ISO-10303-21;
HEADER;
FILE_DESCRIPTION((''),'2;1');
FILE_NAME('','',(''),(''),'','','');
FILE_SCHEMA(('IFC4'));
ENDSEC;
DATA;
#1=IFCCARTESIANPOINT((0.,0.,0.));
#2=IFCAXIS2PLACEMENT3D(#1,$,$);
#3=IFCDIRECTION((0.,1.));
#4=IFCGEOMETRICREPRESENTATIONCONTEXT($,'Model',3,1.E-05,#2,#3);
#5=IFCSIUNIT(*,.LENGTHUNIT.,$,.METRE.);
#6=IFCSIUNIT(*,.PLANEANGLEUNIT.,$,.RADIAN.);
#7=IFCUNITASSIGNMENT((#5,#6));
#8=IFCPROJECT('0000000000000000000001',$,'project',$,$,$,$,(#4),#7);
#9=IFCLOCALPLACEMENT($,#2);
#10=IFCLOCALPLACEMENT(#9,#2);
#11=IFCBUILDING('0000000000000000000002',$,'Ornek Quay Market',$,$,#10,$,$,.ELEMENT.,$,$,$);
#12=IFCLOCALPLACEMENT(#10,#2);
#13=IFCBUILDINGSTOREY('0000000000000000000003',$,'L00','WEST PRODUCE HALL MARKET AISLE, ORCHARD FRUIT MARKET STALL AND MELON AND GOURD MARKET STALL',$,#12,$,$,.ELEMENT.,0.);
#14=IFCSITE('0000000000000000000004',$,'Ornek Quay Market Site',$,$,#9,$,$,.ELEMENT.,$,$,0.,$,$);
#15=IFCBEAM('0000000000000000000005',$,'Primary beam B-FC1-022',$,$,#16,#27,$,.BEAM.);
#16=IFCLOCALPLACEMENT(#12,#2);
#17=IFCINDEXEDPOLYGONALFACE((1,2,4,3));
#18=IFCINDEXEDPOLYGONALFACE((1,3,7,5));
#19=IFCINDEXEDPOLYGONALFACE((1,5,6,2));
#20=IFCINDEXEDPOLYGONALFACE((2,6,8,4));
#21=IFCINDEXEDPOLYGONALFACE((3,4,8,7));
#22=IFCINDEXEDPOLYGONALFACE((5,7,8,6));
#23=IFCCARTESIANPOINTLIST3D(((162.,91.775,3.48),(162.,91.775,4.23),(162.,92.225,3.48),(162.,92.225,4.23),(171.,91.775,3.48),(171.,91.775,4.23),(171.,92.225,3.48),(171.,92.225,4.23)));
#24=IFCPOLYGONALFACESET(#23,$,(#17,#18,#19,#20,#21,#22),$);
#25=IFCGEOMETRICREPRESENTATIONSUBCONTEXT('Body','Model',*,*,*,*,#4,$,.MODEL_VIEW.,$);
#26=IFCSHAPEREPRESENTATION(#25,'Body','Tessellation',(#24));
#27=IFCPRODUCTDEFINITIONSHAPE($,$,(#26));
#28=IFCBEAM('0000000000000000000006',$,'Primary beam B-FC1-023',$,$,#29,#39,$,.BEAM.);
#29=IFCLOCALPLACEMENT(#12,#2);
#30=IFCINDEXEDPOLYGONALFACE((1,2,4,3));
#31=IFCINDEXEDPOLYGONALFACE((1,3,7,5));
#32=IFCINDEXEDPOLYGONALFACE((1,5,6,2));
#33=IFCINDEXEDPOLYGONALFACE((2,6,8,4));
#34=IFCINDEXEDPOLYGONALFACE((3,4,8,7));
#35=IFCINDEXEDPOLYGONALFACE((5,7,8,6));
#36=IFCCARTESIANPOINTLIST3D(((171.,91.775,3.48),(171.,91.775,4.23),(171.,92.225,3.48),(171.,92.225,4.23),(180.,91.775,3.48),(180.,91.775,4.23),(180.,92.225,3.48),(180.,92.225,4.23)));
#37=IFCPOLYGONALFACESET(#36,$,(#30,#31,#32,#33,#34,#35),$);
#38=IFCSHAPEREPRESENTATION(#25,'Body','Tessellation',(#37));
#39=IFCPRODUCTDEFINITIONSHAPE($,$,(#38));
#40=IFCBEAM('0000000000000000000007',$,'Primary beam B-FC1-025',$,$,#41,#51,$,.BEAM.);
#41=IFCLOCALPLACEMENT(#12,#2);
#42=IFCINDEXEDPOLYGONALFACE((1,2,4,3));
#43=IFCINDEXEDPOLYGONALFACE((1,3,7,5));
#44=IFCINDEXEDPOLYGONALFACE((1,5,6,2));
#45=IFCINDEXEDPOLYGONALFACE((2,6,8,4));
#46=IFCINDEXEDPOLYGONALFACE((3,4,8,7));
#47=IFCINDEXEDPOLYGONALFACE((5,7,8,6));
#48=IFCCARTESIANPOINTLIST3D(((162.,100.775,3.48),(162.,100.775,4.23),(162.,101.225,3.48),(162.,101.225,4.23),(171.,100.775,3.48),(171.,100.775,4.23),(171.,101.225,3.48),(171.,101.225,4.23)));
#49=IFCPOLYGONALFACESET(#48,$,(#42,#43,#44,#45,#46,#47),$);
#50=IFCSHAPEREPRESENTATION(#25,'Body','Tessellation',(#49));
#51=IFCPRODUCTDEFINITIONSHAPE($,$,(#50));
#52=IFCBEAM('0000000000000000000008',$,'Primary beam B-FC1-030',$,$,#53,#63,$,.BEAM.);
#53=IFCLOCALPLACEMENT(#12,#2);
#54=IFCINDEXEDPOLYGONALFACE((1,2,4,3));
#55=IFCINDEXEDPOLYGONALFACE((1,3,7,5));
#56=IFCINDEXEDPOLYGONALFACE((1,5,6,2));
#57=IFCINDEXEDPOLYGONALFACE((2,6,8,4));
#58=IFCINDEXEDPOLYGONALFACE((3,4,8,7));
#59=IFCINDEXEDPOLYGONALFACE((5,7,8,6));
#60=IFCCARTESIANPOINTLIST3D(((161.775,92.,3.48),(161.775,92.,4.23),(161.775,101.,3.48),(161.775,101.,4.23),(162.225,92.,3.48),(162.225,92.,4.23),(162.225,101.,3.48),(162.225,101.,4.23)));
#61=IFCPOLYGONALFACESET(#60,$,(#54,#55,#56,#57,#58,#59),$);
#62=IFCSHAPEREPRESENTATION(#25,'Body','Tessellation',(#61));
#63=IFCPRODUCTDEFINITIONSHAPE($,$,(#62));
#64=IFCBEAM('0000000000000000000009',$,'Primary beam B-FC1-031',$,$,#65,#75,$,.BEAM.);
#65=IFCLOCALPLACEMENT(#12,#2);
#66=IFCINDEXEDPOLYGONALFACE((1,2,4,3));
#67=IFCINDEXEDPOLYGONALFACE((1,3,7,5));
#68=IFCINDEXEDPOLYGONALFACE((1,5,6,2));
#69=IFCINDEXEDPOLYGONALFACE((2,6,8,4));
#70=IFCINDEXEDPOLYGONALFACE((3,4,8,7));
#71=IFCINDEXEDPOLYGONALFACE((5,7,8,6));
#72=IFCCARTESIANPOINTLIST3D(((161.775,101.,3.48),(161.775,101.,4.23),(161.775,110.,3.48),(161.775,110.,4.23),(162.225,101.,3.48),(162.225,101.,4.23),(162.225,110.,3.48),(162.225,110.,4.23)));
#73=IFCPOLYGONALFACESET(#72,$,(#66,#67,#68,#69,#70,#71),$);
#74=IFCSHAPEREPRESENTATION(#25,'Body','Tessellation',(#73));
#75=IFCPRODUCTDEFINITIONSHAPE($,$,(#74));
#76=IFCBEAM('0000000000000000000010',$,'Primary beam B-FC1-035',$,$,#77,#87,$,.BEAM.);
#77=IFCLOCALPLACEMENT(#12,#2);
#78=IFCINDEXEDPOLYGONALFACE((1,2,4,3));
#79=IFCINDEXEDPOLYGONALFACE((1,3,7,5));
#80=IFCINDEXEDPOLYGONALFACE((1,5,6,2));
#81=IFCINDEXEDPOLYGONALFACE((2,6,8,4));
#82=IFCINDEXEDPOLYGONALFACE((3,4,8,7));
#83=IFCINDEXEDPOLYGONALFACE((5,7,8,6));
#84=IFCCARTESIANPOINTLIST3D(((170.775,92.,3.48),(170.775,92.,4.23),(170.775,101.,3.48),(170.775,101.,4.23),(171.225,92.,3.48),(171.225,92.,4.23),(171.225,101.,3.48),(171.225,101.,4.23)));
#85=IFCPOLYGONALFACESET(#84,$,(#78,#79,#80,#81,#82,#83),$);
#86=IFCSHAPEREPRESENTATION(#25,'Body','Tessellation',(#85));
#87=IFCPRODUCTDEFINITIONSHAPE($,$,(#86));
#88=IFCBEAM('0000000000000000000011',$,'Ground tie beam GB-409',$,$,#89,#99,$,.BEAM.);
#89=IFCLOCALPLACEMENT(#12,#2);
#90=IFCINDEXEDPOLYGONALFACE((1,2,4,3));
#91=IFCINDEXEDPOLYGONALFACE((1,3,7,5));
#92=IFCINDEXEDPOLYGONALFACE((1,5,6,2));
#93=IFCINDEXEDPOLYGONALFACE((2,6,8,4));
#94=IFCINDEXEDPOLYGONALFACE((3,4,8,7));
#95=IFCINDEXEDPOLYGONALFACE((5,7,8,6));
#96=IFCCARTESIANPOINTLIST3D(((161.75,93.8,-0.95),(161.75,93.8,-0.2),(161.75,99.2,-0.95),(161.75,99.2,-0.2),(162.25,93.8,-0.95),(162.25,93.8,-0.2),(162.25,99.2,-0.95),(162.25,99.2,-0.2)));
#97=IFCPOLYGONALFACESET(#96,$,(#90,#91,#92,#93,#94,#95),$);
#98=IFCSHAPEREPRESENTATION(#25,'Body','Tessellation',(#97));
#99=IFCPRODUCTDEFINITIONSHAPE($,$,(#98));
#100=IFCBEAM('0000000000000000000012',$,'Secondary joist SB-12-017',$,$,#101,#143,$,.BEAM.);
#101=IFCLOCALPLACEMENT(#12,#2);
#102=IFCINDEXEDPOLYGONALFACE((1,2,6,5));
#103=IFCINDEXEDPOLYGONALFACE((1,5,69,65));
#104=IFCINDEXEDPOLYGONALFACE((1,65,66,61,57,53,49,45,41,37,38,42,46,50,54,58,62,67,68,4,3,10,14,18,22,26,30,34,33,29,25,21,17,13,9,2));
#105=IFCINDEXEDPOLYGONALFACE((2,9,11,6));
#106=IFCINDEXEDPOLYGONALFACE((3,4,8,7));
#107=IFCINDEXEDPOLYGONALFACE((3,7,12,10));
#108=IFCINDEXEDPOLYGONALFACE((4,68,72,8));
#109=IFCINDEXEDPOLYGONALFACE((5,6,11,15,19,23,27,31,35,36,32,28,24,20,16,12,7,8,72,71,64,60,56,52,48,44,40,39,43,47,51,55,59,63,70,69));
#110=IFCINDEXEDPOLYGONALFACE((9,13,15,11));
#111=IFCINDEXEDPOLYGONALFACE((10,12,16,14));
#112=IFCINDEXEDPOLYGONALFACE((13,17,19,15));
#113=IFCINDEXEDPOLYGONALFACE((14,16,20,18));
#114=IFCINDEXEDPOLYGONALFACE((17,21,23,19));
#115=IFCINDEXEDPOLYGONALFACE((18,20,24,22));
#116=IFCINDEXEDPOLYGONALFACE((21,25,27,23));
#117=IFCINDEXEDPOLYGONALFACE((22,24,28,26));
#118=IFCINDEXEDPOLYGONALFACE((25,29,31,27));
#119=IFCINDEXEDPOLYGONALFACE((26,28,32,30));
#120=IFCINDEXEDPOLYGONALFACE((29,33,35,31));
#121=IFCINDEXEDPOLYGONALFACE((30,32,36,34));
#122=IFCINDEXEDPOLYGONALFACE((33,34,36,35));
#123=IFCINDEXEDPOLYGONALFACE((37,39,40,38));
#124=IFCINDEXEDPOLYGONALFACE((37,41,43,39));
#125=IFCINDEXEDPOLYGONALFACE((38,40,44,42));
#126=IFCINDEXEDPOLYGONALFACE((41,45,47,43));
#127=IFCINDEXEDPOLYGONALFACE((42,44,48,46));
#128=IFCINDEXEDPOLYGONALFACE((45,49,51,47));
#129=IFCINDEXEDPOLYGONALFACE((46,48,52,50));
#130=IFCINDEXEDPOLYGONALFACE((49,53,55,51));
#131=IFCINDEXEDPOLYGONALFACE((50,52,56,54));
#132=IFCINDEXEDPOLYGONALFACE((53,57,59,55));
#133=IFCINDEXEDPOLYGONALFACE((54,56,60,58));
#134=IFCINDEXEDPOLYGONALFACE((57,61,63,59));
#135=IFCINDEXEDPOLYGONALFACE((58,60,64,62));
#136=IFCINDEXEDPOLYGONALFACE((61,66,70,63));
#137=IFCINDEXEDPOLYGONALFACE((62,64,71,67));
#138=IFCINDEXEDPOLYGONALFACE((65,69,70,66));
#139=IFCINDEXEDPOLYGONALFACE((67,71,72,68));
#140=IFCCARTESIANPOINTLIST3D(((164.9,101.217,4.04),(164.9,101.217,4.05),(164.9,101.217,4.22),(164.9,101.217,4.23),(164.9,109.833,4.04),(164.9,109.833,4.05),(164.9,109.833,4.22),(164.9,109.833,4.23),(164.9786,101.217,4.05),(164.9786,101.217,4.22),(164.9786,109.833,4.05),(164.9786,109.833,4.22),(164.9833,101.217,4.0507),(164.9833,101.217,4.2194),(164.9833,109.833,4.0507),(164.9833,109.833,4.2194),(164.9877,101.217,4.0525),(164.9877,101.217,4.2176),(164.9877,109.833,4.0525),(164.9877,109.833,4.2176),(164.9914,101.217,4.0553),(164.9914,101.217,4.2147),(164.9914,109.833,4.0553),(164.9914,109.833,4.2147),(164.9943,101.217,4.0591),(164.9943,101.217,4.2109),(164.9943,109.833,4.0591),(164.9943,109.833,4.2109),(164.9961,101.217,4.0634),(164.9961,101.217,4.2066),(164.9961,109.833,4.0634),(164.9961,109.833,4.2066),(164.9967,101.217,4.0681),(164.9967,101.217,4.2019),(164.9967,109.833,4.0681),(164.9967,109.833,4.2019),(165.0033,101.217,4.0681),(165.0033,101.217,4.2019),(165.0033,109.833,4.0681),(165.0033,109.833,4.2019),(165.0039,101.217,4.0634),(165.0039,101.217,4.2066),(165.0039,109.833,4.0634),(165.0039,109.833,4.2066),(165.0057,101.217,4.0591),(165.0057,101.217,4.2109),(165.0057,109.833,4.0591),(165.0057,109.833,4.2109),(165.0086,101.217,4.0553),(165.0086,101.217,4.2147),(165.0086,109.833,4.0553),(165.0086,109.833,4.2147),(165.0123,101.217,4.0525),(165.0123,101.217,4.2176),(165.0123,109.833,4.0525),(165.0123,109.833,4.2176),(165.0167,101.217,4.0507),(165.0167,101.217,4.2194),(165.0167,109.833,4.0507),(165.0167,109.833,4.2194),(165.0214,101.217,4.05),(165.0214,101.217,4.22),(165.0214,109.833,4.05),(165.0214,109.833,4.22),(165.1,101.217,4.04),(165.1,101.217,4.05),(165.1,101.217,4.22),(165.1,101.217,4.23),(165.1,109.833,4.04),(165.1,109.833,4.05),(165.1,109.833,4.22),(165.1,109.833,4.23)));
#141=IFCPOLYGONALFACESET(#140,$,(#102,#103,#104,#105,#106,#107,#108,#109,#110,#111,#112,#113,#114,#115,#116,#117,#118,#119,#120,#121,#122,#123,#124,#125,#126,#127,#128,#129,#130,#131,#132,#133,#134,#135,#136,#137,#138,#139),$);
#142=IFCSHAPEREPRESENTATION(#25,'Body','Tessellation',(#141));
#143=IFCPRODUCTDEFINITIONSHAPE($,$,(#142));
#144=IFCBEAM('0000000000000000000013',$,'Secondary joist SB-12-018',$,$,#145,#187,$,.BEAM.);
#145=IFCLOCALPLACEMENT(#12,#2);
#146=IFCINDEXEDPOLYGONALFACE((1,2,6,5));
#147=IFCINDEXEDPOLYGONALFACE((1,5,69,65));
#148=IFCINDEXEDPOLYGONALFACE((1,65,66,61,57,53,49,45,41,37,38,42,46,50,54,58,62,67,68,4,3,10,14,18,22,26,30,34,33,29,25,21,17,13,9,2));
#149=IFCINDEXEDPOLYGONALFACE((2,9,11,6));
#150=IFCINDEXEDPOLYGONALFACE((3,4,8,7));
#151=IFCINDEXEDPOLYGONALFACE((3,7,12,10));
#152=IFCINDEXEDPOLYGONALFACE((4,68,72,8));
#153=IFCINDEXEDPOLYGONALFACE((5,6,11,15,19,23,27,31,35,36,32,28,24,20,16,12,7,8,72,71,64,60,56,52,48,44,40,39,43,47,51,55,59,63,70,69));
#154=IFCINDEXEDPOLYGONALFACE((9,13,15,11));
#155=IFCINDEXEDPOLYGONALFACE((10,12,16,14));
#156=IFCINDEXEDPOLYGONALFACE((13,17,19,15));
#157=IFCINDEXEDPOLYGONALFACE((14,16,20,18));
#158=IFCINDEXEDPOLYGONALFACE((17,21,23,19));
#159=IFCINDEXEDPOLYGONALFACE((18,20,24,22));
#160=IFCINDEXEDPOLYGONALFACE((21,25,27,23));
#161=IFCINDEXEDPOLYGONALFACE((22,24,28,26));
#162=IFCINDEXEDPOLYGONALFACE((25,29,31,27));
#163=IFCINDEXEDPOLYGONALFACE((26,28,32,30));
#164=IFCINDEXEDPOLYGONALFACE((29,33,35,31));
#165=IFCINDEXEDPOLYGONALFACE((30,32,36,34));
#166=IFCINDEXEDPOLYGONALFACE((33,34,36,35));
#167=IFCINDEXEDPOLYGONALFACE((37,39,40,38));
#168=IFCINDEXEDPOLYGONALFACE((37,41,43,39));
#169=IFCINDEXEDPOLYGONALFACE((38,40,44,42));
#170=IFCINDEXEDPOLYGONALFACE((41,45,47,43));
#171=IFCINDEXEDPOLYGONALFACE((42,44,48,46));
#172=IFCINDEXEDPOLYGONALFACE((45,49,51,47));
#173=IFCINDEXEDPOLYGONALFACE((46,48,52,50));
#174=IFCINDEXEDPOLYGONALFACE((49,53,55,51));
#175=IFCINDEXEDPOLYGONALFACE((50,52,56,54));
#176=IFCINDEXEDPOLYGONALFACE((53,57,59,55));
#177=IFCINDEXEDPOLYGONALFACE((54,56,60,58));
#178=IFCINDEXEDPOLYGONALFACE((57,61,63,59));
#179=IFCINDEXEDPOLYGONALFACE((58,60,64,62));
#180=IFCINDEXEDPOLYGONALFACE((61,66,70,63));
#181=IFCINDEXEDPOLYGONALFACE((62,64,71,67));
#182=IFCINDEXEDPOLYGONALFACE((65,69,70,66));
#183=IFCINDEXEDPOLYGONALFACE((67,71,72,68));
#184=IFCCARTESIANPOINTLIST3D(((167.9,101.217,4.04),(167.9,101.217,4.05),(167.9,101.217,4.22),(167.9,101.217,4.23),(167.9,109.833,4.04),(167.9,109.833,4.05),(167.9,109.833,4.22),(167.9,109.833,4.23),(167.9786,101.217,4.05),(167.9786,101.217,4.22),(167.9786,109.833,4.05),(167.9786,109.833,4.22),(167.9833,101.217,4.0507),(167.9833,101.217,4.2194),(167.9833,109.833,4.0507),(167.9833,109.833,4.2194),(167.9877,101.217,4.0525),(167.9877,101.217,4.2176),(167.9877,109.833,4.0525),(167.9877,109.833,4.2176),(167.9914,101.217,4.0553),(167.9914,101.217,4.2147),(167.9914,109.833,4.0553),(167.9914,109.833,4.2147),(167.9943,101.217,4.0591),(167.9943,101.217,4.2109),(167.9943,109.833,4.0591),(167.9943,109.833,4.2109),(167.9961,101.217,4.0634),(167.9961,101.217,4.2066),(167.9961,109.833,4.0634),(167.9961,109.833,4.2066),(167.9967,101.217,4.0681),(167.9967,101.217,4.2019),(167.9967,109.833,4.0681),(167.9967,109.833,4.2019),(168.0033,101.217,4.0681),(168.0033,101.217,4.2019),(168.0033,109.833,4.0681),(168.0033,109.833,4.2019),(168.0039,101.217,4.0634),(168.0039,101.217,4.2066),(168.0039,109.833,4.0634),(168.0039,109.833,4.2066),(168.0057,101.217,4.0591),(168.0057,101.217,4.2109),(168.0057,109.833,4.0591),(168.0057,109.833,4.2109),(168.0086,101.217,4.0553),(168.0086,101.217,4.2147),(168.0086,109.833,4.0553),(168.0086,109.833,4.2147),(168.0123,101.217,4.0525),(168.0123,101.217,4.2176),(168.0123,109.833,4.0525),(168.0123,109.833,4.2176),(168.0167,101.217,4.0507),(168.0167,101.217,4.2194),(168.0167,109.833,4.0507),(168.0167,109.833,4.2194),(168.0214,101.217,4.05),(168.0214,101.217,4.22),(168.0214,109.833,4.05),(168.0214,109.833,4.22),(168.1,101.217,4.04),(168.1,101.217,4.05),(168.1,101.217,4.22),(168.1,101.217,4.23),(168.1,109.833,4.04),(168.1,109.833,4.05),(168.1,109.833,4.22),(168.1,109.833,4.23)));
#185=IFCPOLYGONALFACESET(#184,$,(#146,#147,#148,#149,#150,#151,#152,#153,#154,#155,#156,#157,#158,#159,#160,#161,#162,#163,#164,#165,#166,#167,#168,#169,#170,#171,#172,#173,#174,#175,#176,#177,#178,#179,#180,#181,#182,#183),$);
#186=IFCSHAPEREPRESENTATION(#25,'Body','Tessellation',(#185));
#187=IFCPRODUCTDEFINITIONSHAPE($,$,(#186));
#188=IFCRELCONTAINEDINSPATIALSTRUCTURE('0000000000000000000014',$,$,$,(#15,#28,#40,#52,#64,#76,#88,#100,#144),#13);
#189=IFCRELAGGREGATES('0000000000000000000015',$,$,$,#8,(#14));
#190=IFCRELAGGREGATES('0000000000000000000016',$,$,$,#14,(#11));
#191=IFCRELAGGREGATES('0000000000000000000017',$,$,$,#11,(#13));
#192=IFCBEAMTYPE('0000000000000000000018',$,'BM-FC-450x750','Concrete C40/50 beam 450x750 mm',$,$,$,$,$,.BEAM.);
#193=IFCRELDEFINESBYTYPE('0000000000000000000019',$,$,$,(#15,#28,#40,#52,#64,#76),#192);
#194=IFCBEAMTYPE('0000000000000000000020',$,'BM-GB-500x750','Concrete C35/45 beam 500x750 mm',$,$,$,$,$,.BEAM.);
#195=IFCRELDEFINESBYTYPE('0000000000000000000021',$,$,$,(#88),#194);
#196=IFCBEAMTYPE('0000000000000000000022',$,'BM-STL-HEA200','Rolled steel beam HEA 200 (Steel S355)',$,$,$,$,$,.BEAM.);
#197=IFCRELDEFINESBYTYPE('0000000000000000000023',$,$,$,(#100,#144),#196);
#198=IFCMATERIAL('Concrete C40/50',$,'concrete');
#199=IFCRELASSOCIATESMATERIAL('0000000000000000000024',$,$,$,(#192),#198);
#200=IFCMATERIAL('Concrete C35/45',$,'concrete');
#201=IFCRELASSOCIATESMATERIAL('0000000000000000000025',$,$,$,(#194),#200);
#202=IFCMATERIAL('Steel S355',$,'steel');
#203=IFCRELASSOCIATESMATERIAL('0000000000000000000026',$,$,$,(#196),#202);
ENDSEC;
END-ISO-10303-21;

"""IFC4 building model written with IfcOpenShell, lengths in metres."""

from ifc_helpers import new_model, si_unit, direction, frame, origin, origin_2d, place, context, subcontext, project, spatial, rectangle, i_section, extrude, material, material_profile, profile_set, type_object, element, save


model = new_model("IFC4")

# Units and contexts
model_context = context("Model", 3, precision=1e-05, world=origin(), true_north=direction((0.0, 1.0)))
body_context = subcontext(model_context, "Body", "Model", "MODEL_VIEW")
ifc_project = project(units=[si_unit("LENGTHUNIT", "METRE"), si_unit("PLANEANGLEUNIT", "RADIAN")], contexts=[model_context])

# Site, building, storey
site_placement = place(None, origin())
site = spatial("IfcSite", under=ifc_project, at=site_placement, Name="Ornek Quay Market Site", CompositionType="ELEMENT", RefElevation=0.0)
building_placement = place(site_placement, origin())
building = spatial("IfcBuilding", under=site, at=building_placement, Name="Ornek Quay Market", CompositionType="ELEMENT")
storey_placement = place(building_placement, origin())
storey = spatial("IfcBuildingStorey", under=building, at=storey_placement, Name="L00", Description="WEST PRODUCE HALL MARKET AISLE, ORCHARD FRUIT MARKET STALL AND MELON AND GOURD MARKET STALL", CompositionType="ELEMENT", Elevation=0.0)

# Shared definitions
ifc_material_1 = material(Name="Concrete C35/45", Category="concrete")

# Shared definitions
ifc_material_2 = material(Name="Concrete C40/50", Category="concrete")

# Beams
ifc_material_profile_1 = material_profile(ifc_material_2, rectangle(XDim=0.45, YDim=0.75, at=origin_2d()), Name="RC 450x750", Category="concrete")
ifc_profile_set_1 = profile_set([ifc_material_profile_1], Name="Concrete C40/50")
beam_type_1 = type_object("IfcBeamType", Name="BM-FC-450x750", Description="Concrete C40/50 beam 450x750 mm", PredefinedType="BEAM", material=ifc_profile_set_1)
for number, where, z_axis, x_axis, name in (
    (1, (162.0, 92.0, 3.855), (1.0, 0.0, 0.0), (0.0, 1.0, 0.0), "Primary beam B-FC1-022"),
    (2, (171.0, 92.0, 3.855), (1.0, 0.0, 0.0), (0.0, 1.0, 0.0), "Primary beam B-FC1-023"),
    (3, (162.0, 101.0, 3.855), (1.0, 0.0, 0.0), (0.0, 1.0, 0.0), "Primary beam B-FC1-025"),
    (4, (162.0, 92.0, 3.855), (0.0, 1.0, 0.0), (-1.0, 0.0, 0.0), "Primary beam B-FC1-030"),
    (5, (162.0, 101.0, 3.855), (0.0, 1.0, 0.0), (-1.0, 0.0, 0.0), "Primary beam B-FC1-031"),
    (6, (171.0, 92.0, 3.855), (0.0, 1.0, 0.0), (-1.0, 0.0, 0.0), "Primary beam B-FC1-035"),
):
    element("IfcBeam", number, at=place(storey_placement, frame(where, z_axis=z_axis, x_axis=x_axis)), inside=storey, type_object=beam_type_1, Name=name, PredefinedType="BEAM", context=body_context, shape_type="SweptSolid", body=[
        extrude(rectangle(XDim=0.45, YDim=0.75, at=origin_2d()), origin(), (0.0, 0.0, 1.0), 9.0),
    ])
ifc_material_profile_2 = material_profile(ifc_material_1, rectangle(XDim=0.5, YDim=0.75, at=origin_2d()), Name="RC 500x750", Category="concrete")
ifc_profile_set_2 = profile_set([ifc_material_profile_2], Name="Concrete C35/45")
beam_type_2 = type_object("IfcBeamType", Name="BM-GB-500x750", Description="Concrete C35/45 beam 500x750 mm", PredefinedType="BEAM", material=ifc_profile_set_2)
beam_placement = place(storey_placement, frame((162.0, 93.8, -0.575), z_axis=(0.0, 1.0, 0.0), x_axis=(-1.0, 0.0, 0.0)))
element("IfcBeam", 7, at=beam_placement, inside=storey, type_object=beam_type_2, Name="Ground tie beam GB-409", PredefinedType="BEAM", context=body_context, shape_type="SweptSolid", body=[
    extrude(rectangle(XDim=0.5, YDim=0.75, at=origin_2d()), origin(), (0.0, 0.0, 1.0), 5.3999),
])
ifc_material_3 = material(Name="Steel S355", Category="steel")
ifc_material_profile_3 = material_profile(ifc_material_3, i_section(OverallWidth=0.2, OverallDepth=0.1899, WebThickness=0.0066, FlangeThickness=0.01, FilletRadius=0.0181, at=origin_2d()), Name="HEA 200", Category="steel")
ifc_profile_set_3 = profile_set([ifc_material_profile_3], Name="Steel S355")
beam_type_3 = type_object("IfcBeamType", Name="BM-STL-HEA200", Description="Rolled steel beam HEA 200 (Steel S355)", PredefinedType="BEAM", material=ifc_profile_set_3)
for number, where, z_axis, x_axis, name in (
    (8, (165.0, 101.217, 4.135), (0.0, 1.0, 0.0), (-1.0, 0.0, 0.0), "Secondary joist SB-12-017"),
    (9, (168.0, 101.217, 4.135), (0.0, 1.0, 0.0), (-1.0, 0.0, 0.0), "Secondary joist SB-12-018"),
):
    element("IfcBeam", number, at=place(storey_placement, frame(where, z_axis=z_axis, x_axis=x_axis)), inside=storey, type_object=beam_type_3, Name=name, PredefinedType="BEAM", context=body_context, shape_type="SweptSolid", body=[
        extrude(i_section(OverallWidth=0.2, OverallDepth=0.1899, WebThickness=0.0066, FlangeThickness=0.01, FilletRadius=0.0181, at=origin_2d()), origin(), (0.0, 0.0, 1.0), 8.616),
    ])

save(model, "model.ifc")
